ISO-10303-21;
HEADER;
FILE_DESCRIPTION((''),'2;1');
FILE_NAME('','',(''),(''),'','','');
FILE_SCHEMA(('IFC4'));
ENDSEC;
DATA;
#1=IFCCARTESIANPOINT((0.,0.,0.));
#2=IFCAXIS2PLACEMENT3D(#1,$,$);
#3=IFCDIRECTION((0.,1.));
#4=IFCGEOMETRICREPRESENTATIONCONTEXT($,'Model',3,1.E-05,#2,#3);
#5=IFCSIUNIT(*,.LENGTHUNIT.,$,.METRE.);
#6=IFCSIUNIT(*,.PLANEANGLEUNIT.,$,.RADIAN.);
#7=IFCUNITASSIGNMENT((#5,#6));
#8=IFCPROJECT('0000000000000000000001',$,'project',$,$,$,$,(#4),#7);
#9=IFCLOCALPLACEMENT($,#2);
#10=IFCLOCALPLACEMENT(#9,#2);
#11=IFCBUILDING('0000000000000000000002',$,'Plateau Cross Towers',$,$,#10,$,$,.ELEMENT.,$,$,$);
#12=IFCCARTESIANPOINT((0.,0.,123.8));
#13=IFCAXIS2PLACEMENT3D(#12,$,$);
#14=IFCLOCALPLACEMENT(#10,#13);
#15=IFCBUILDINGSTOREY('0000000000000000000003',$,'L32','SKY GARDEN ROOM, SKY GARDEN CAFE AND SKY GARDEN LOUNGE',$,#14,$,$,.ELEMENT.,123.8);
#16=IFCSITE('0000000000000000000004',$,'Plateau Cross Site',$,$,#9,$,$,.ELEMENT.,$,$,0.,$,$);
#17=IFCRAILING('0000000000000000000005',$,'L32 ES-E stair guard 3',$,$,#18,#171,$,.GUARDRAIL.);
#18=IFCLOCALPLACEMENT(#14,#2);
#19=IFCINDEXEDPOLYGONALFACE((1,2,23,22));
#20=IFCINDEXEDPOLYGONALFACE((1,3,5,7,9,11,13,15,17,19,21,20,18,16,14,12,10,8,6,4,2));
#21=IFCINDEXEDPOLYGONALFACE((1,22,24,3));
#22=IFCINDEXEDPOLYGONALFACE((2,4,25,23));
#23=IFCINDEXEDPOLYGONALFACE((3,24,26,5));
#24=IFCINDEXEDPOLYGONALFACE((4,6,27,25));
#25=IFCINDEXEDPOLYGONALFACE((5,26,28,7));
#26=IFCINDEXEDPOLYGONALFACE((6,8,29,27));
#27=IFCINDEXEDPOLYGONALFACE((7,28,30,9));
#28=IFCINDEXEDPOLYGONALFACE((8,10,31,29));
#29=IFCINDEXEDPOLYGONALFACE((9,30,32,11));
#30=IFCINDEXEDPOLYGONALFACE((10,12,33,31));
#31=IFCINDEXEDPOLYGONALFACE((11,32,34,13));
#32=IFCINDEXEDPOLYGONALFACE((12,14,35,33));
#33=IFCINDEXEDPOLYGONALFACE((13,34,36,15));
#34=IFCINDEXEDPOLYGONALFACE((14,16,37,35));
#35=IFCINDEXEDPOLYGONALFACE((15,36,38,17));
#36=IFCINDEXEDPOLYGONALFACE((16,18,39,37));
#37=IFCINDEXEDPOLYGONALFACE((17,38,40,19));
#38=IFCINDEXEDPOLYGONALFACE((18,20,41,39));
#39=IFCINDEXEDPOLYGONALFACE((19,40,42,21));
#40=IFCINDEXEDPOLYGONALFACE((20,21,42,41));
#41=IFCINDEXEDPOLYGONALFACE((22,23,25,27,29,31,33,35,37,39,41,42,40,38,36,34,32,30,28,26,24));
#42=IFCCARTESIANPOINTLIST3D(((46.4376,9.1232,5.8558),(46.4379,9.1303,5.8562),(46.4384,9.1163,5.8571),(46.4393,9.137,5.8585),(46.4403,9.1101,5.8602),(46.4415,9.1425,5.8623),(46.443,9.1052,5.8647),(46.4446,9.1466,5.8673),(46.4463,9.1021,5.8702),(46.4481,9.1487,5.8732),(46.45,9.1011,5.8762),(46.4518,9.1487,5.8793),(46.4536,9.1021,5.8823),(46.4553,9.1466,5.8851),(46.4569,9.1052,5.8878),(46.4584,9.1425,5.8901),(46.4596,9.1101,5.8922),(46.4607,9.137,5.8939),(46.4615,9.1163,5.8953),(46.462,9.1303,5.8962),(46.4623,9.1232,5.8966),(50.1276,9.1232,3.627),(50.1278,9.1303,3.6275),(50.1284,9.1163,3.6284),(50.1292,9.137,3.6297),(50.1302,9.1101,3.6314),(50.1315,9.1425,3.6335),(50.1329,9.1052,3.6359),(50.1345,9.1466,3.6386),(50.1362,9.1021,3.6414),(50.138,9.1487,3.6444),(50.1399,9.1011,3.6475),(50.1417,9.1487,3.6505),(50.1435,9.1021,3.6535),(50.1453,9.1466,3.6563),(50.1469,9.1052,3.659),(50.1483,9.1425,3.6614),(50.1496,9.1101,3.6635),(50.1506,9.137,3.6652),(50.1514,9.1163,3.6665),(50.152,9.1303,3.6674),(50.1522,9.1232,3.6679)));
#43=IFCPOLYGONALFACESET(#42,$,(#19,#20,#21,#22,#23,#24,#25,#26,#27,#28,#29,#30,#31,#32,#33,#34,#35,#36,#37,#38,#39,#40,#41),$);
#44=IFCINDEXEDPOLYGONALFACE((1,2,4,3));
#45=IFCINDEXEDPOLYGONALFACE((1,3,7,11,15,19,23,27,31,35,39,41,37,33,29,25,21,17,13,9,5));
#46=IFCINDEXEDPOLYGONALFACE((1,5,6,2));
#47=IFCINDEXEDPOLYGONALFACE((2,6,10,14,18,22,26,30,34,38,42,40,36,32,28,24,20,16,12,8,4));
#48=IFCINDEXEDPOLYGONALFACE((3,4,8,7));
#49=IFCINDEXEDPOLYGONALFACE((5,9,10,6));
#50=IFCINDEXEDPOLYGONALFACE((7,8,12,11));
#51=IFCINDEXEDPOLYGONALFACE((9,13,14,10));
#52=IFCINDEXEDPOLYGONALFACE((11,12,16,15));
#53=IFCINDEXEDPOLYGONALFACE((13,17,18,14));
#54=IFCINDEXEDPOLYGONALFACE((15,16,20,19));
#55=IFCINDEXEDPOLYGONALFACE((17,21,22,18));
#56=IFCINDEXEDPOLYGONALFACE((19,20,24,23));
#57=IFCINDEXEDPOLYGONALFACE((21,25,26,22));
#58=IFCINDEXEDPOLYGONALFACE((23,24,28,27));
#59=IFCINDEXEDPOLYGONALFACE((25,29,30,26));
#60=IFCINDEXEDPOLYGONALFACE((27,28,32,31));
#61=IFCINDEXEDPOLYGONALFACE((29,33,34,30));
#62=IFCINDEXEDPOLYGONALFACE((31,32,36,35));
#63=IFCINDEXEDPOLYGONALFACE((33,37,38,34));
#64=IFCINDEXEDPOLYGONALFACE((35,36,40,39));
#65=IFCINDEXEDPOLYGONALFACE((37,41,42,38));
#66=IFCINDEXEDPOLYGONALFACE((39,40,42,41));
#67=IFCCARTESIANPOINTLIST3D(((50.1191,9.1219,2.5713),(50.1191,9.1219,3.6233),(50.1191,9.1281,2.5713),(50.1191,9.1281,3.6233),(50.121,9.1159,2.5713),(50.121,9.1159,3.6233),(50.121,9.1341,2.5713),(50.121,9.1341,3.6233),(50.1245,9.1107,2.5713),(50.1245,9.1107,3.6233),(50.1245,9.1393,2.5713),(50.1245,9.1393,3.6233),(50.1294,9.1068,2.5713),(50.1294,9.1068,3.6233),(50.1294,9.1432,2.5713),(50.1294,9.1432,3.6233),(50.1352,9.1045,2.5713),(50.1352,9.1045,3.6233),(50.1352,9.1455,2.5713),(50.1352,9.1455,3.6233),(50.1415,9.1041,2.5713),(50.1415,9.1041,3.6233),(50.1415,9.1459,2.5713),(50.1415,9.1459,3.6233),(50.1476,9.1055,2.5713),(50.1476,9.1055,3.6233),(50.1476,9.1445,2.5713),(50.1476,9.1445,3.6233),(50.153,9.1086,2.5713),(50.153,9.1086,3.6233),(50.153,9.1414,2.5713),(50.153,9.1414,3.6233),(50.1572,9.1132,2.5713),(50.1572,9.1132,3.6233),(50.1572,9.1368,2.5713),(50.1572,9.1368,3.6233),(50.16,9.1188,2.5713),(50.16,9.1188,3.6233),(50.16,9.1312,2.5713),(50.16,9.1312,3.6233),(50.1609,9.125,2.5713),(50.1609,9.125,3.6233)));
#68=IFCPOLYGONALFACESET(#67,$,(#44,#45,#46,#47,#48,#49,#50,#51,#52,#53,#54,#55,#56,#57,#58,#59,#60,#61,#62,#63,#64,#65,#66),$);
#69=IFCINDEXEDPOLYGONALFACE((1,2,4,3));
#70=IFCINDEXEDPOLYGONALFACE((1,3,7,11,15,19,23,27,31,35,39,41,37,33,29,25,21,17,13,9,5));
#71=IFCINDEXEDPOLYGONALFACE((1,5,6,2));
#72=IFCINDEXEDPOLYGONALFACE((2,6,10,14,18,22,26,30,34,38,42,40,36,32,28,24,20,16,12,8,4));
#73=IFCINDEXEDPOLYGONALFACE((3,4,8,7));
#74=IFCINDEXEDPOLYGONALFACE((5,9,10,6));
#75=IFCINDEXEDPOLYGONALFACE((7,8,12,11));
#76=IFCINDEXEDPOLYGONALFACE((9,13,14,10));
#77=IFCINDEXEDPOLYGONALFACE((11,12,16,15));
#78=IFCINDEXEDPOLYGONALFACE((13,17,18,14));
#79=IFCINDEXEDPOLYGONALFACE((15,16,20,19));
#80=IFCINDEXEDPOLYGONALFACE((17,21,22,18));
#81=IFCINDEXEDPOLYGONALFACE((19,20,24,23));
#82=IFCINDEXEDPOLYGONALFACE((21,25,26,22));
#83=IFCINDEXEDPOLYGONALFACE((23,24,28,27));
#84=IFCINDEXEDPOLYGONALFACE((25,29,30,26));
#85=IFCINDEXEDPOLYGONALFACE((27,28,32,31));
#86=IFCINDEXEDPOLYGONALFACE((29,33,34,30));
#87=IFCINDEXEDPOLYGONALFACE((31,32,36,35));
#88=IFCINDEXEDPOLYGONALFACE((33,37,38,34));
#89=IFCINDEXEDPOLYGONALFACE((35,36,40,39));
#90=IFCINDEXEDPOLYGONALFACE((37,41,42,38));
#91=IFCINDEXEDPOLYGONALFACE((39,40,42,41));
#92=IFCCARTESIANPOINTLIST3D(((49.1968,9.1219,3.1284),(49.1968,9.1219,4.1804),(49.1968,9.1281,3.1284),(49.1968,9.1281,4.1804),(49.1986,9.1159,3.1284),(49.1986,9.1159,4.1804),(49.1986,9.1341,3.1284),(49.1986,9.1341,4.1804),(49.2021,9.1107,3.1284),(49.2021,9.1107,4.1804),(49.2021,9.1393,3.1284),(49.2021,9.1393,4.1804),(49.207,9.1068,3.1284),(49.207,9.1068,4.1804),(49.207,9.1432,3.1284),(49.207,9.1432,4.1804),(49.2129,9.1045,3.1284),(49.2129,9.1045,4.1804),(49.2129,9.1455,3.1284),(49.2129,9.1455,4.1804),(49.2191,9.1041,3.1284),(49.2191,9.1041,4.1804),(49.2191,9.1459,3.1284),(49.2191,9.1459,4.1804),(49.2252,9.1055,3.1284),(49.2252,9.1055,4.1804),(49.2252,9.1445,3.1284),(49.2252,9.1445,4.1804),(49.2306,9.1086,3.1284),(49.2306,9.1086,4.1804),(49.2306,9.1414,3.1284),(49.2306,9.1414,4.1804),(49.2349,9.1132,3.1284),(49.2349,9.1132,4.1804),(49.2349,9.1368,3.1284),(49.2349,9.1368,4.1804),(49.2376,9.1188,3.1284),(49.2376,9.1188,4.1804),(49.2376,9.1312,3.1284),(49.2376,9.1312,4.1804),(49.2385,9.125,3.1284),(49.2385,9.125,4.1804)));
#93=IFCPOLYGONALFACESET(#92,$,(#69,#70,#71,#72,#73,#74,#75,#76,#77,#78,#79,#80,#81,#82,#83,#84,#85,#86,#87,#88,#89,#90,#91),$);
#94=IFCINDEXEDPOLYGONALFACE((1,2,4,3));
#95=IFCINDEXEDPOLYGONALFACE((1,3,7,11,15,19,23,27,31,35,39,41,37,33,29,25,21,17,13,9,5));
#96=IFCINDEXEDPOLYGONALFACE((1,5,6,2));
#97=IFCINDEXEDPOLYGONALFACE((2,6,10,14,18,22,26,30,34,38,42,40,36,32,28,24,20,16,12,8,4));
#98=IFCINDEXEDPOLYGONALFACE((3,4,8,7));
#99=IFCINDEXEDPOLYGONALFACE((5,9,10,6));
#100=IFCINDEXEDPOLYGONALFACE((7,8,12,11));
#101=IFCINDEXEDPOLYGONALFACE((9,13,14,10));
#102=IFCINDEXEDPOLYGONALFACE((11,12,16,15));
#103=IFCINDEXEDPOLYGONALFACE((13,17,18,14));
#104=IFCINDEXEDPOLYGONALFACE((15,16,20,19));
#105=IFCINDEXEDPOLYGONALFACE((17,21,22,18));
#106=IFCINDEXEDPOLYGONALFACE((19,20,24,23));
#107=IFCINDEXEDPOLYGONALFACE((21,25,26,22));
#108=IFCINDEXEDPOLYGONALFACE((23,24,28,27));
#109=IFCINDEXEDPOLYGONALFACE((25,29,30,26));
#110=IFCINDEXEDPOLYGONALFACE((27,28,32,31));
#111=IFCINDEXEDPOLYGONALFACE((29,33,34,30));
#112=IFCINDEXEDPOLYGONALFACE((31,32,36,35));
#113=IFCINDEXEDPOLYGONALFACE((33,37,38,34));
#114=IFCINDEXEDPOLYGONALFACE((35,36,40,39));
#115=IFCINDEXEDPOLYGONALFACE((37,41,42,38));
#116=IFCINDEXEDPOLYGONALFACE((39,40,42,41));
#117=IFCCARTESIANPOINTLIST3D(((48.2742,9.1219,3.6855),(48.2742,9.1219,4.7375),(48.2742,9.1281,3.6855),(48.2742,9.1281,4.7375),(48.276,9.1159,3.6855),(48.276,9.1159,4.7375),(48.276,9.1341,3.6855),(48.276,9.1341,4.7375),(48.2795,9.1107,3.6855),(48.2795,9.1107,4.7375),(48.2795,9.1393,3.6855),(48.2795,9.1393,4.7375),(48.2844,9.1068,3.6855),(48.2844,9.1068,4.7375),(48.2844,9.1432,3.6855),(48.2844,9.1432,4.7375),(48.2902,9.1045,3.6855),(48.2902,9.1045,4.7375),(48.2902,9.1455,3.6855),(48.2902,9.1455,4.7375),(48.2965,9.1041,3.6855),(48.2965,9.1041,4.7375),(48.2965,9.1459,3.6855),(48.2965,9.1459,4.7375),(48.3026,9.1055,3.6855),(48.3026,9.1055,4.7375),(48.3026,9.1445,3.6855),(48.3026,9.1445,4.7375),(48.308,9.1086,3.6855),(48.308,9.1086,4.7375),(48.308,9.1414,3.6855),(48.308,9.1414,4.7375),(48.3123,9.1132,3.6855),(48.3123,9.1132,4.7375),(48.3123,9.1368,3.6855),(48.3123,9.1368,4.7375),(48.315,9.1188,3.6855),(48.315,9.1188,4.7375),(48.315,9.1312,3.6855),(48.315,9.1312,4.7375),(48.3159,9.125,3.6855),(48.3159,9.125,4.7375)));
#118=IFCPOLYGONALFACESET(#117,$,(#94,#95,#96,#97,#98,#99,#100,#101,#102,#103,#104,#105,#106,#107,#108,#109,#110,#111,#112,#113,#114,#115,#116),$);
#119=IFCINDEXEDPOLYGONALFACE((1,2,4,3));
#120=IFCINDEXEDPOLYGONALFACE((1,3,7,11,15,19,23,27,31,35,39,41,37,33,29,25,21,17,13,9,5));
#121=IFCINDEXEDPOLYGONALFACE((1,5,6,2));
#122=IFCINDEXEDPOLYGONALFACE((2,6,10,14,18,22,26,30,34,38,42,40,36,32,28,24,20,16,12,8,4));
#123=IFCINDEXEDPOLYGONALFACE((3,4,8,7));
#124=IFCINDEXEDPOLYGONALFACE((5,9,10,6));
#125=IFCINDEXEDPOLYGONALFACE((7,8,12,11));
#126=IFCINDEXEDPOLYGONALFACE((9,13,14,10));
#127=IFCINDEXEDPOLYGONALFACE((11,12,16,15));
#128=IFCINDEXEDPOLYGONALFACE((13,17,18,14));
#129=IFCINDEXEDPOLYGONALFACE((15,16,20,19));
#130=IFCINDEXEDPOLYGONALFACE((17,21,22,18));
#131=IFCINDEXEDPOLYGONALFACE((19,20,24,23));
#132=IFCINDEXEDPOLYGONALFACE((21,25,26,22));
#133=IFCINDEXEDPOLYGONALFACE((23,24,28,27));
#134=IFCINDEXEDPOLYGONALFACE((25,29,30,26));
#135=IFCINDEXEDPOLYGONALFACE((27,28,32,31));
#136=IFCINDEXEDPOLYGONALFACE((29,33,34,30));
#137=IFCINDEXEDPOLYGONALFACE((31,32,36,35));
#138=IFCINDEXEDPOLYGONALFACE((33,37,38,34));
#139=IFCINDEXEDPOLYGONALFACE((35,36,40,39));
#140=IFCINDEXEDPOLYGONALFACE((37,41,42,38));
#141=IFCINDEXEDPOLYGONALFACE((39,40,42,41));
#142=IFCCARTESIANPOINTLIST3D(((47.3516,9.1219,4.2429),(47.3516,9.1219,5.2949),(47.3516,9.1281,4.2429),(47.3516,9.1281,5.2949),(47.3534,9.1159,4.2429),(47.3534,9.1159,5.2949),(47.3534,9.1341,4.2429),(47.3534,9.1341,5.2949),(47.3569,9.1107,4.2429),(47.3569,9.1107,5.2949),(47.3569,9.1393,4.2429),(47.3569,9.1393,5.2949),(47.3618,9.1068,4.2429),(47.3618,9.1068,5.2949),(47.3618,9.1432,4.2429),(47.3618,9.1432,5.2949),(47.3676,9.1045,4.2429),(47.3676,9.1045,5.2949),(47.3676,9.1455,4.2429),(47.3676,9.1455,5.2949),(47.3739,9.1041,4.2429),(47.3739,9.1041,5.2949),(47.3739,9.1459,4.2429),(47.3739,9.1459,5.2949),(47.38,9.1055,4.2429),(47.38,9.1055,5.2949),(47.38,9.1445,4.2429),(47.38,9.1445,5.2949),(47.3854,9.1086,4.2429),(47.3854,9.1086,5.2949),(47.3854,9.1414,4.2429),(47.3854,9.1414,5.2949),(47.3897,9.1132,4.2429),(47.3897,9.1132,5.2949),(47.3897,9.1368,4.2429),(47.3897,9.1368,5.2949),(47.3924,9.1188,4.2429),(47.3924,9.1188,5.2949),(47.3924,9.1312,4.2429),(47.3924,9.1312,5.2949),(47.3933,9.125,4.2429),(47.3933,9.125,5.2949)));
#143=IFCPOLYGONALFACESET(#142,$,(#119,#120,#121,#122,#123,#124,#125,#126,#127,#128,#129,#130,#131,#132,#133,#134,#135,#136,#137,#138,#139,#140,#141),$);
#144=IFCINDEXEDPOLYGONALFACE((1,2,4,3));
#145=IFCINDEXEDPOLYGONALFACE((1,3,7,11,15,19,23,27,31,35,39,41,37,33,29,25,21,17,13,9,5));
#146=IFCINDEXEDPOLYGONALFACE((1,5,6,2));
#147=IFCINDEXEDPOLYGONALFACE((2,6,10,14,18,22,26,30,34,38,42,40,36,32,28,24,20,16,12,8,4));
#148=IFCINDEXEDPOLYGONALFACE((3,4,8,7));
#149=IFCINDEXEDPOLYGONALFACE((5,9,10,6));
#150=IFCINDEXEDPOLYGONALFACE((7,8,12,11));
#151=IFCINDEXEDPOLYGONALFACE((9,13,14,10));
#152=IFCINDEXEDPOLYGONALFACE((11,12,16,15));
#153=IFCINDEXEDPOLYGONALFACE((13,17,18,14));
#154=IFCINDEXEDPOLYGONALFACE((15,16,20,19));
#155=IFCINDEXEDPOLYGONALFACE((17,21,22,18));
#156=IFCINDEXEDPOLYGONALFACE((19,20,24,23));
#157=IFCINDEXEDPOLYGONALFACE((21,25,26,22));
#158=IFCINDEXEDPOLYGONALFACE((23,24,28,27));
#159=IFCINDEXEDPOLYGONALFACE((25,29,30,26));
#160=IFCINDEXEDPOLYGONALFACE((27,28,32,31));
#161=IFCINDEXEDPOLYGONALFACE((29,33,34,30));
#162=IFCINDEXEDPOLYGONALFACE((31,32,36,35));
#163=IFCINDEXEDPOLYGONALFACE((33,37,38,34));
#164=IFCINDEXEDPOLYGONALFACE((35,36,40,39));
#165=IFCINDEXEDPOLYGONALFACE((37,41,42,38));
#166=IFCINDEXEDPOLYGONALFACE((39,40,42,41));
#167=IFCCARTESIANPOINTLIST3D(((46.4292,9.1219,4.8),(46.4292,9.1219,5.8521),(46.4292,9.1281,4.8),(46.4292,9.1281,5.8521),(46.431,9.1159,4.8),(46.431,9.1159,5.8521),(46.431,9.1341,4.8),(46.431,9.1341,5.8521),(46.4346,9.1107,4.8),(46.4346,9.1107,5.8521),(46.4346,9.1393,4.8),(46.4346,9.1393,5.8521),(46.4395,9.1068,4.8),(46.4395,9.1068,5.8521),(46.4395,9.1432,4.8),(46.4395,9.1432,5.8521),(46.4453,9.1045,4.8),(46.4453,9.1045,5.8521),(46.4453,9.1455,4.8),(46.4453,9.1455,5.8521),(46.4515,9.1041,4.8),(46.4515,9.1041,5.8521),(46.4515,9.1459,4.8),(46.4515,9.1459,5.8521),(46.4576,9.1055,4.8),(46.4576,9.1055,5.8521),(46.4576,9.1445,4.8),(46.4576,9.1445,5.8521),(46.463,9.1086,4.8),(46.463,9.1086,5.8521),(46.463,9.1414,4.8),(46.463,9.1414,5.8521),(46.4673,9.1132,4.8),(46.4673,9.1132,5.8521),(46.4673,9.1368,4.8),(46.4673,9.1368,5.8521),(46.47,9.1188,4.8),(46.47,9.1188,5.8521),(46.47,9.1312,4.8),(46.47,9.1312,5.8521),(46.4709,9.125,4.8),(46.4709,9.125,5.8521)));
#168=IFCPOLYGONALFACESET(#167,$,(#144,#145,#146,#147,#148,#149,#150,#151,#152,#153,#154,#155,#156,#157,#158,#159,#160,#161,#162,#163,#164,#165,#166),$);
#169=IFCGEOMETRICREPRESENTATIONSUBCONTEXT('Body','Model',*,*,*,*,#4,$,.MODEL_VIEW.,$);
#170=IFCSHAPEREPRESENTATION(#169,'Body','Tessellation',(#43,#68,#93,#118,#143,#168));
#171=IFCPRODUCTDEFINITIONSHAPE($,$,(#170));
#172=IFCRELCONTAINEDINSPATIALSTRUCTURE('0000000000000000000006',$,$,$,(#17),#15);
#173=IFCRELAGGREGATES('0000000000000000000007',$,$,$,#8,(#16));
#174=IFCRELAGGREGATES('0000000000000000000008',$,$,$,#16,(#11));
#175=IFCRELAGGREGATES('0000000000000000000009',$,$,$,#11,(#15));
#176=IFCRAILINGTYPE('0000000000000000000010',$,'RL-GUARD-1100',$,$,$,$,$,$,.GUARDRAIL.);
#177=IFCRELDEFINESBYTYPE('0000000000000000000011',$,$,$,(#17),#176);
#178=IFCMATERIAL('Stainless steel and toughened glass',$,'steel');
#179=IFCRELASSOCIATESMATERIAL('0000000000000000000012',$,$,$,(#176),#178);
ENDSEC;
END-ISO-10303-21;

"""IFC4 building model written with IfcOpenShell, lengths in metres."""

from ifc_helpers import new_model, si_unit, direction, frame, origin, origin_2d, place, context, subcontext, project, spatial, circle, extrude, material, type_object, element, save


model = new_model("IFC4")

# Units and contexts
model_context = context("Model", 3, precision=1e-05, world=origin(), true_north=direction((0.0, 1.0)))
body_context = subcontext(model_context, "Body", "Model", "MODEL_VIEW")
ifc_project = project(units=[si_unit("LENGTHUNIT", "METRE"), si_unit("PLANEANGLEUNIT", "RADIAN")], contexts=[model_context])

# Site, building, storey
site_placement = place(None, origin())
site = spatial("IfcSite", under=ifc_project, at=site_placement, Name="Plateau Cross Site", CompositionType="ELEMENT", RefElevation=0.0)
building_placement = place(site_placement, origin())
building = spatial("IfcBuilding", under=site, at=building_placement, Name="Plateau Cross Towers", CompositionType="ELEMENT")
storey_placement = place(building_placement, frame((0.0, 0.0, 123.8)))
storey = spatial("IfcBuildingStorey", under=building, at=storey_placement, Name="L32", Description="SKY GARDEN ROOM, SKY GARDEN CAFE AND SKY GARDEN LOUNGE", CompositionType="ELEMENT", Elevation=123.8)

# Railing
ifc_material_1 = material(Name="Stainless steel and toughened glass", Category="steel")
railing_type_1 = type_object("IfcRailingType", Name="RL-GUARD-1100", PredefinedType="GUARDRAIL", material=ifc_material_1)
railing_1_placement = place(storey_placement, frame((50.1399, 9.125, 2.5713)))
element("IfcRailing", 1, at=railing_1_placement, inside=storey, type_object=railing_type_1, Name="L32 ES-E stair guard 3", PredefinedType="GUARDRAIL", context=body_context, shape_type="SweptSolid", body=[
    extrude(circle(Radius=0.0239, at=origin_2d()), frame((0.0, 0.0, 1.0762), z_axis=(-0.855975, 0.0, 0.517017), x_axis=(0.0, -1.0, 0.0)), (0.0, 0.0, 1.0), 4.3108),
    extrude(circle(Radius=0.021, at=origin_2d()), origin(), (0.0, 0.0, 1.0), 1.052),
    extrude(circle(Radius=0.021, at=origin_2d()), frame((-0.9224, 0.0, 0.5571)), (0.0, 0.0, 1.0), 1.052),
    extrude(circle(Radius=0.021, at=origin_2d()), frame((-1.845, 0.0, 1.1143)), (0.0, 0.0, 1.0), 1.052),
    extrude(circle(Radius=0.021, at=origin_2d()), frame((-2.7676, 0.0, 1.6716)), (0.0, 0.0, 1.0), 1.052),
    extrude(circle(Radius=0.021, at=origin_2d()), frame((-3.6899, 0.0, 2.2288)), (0.0, 0.0, 1.0), 1.052),
])

save(model, "model.ifc")
